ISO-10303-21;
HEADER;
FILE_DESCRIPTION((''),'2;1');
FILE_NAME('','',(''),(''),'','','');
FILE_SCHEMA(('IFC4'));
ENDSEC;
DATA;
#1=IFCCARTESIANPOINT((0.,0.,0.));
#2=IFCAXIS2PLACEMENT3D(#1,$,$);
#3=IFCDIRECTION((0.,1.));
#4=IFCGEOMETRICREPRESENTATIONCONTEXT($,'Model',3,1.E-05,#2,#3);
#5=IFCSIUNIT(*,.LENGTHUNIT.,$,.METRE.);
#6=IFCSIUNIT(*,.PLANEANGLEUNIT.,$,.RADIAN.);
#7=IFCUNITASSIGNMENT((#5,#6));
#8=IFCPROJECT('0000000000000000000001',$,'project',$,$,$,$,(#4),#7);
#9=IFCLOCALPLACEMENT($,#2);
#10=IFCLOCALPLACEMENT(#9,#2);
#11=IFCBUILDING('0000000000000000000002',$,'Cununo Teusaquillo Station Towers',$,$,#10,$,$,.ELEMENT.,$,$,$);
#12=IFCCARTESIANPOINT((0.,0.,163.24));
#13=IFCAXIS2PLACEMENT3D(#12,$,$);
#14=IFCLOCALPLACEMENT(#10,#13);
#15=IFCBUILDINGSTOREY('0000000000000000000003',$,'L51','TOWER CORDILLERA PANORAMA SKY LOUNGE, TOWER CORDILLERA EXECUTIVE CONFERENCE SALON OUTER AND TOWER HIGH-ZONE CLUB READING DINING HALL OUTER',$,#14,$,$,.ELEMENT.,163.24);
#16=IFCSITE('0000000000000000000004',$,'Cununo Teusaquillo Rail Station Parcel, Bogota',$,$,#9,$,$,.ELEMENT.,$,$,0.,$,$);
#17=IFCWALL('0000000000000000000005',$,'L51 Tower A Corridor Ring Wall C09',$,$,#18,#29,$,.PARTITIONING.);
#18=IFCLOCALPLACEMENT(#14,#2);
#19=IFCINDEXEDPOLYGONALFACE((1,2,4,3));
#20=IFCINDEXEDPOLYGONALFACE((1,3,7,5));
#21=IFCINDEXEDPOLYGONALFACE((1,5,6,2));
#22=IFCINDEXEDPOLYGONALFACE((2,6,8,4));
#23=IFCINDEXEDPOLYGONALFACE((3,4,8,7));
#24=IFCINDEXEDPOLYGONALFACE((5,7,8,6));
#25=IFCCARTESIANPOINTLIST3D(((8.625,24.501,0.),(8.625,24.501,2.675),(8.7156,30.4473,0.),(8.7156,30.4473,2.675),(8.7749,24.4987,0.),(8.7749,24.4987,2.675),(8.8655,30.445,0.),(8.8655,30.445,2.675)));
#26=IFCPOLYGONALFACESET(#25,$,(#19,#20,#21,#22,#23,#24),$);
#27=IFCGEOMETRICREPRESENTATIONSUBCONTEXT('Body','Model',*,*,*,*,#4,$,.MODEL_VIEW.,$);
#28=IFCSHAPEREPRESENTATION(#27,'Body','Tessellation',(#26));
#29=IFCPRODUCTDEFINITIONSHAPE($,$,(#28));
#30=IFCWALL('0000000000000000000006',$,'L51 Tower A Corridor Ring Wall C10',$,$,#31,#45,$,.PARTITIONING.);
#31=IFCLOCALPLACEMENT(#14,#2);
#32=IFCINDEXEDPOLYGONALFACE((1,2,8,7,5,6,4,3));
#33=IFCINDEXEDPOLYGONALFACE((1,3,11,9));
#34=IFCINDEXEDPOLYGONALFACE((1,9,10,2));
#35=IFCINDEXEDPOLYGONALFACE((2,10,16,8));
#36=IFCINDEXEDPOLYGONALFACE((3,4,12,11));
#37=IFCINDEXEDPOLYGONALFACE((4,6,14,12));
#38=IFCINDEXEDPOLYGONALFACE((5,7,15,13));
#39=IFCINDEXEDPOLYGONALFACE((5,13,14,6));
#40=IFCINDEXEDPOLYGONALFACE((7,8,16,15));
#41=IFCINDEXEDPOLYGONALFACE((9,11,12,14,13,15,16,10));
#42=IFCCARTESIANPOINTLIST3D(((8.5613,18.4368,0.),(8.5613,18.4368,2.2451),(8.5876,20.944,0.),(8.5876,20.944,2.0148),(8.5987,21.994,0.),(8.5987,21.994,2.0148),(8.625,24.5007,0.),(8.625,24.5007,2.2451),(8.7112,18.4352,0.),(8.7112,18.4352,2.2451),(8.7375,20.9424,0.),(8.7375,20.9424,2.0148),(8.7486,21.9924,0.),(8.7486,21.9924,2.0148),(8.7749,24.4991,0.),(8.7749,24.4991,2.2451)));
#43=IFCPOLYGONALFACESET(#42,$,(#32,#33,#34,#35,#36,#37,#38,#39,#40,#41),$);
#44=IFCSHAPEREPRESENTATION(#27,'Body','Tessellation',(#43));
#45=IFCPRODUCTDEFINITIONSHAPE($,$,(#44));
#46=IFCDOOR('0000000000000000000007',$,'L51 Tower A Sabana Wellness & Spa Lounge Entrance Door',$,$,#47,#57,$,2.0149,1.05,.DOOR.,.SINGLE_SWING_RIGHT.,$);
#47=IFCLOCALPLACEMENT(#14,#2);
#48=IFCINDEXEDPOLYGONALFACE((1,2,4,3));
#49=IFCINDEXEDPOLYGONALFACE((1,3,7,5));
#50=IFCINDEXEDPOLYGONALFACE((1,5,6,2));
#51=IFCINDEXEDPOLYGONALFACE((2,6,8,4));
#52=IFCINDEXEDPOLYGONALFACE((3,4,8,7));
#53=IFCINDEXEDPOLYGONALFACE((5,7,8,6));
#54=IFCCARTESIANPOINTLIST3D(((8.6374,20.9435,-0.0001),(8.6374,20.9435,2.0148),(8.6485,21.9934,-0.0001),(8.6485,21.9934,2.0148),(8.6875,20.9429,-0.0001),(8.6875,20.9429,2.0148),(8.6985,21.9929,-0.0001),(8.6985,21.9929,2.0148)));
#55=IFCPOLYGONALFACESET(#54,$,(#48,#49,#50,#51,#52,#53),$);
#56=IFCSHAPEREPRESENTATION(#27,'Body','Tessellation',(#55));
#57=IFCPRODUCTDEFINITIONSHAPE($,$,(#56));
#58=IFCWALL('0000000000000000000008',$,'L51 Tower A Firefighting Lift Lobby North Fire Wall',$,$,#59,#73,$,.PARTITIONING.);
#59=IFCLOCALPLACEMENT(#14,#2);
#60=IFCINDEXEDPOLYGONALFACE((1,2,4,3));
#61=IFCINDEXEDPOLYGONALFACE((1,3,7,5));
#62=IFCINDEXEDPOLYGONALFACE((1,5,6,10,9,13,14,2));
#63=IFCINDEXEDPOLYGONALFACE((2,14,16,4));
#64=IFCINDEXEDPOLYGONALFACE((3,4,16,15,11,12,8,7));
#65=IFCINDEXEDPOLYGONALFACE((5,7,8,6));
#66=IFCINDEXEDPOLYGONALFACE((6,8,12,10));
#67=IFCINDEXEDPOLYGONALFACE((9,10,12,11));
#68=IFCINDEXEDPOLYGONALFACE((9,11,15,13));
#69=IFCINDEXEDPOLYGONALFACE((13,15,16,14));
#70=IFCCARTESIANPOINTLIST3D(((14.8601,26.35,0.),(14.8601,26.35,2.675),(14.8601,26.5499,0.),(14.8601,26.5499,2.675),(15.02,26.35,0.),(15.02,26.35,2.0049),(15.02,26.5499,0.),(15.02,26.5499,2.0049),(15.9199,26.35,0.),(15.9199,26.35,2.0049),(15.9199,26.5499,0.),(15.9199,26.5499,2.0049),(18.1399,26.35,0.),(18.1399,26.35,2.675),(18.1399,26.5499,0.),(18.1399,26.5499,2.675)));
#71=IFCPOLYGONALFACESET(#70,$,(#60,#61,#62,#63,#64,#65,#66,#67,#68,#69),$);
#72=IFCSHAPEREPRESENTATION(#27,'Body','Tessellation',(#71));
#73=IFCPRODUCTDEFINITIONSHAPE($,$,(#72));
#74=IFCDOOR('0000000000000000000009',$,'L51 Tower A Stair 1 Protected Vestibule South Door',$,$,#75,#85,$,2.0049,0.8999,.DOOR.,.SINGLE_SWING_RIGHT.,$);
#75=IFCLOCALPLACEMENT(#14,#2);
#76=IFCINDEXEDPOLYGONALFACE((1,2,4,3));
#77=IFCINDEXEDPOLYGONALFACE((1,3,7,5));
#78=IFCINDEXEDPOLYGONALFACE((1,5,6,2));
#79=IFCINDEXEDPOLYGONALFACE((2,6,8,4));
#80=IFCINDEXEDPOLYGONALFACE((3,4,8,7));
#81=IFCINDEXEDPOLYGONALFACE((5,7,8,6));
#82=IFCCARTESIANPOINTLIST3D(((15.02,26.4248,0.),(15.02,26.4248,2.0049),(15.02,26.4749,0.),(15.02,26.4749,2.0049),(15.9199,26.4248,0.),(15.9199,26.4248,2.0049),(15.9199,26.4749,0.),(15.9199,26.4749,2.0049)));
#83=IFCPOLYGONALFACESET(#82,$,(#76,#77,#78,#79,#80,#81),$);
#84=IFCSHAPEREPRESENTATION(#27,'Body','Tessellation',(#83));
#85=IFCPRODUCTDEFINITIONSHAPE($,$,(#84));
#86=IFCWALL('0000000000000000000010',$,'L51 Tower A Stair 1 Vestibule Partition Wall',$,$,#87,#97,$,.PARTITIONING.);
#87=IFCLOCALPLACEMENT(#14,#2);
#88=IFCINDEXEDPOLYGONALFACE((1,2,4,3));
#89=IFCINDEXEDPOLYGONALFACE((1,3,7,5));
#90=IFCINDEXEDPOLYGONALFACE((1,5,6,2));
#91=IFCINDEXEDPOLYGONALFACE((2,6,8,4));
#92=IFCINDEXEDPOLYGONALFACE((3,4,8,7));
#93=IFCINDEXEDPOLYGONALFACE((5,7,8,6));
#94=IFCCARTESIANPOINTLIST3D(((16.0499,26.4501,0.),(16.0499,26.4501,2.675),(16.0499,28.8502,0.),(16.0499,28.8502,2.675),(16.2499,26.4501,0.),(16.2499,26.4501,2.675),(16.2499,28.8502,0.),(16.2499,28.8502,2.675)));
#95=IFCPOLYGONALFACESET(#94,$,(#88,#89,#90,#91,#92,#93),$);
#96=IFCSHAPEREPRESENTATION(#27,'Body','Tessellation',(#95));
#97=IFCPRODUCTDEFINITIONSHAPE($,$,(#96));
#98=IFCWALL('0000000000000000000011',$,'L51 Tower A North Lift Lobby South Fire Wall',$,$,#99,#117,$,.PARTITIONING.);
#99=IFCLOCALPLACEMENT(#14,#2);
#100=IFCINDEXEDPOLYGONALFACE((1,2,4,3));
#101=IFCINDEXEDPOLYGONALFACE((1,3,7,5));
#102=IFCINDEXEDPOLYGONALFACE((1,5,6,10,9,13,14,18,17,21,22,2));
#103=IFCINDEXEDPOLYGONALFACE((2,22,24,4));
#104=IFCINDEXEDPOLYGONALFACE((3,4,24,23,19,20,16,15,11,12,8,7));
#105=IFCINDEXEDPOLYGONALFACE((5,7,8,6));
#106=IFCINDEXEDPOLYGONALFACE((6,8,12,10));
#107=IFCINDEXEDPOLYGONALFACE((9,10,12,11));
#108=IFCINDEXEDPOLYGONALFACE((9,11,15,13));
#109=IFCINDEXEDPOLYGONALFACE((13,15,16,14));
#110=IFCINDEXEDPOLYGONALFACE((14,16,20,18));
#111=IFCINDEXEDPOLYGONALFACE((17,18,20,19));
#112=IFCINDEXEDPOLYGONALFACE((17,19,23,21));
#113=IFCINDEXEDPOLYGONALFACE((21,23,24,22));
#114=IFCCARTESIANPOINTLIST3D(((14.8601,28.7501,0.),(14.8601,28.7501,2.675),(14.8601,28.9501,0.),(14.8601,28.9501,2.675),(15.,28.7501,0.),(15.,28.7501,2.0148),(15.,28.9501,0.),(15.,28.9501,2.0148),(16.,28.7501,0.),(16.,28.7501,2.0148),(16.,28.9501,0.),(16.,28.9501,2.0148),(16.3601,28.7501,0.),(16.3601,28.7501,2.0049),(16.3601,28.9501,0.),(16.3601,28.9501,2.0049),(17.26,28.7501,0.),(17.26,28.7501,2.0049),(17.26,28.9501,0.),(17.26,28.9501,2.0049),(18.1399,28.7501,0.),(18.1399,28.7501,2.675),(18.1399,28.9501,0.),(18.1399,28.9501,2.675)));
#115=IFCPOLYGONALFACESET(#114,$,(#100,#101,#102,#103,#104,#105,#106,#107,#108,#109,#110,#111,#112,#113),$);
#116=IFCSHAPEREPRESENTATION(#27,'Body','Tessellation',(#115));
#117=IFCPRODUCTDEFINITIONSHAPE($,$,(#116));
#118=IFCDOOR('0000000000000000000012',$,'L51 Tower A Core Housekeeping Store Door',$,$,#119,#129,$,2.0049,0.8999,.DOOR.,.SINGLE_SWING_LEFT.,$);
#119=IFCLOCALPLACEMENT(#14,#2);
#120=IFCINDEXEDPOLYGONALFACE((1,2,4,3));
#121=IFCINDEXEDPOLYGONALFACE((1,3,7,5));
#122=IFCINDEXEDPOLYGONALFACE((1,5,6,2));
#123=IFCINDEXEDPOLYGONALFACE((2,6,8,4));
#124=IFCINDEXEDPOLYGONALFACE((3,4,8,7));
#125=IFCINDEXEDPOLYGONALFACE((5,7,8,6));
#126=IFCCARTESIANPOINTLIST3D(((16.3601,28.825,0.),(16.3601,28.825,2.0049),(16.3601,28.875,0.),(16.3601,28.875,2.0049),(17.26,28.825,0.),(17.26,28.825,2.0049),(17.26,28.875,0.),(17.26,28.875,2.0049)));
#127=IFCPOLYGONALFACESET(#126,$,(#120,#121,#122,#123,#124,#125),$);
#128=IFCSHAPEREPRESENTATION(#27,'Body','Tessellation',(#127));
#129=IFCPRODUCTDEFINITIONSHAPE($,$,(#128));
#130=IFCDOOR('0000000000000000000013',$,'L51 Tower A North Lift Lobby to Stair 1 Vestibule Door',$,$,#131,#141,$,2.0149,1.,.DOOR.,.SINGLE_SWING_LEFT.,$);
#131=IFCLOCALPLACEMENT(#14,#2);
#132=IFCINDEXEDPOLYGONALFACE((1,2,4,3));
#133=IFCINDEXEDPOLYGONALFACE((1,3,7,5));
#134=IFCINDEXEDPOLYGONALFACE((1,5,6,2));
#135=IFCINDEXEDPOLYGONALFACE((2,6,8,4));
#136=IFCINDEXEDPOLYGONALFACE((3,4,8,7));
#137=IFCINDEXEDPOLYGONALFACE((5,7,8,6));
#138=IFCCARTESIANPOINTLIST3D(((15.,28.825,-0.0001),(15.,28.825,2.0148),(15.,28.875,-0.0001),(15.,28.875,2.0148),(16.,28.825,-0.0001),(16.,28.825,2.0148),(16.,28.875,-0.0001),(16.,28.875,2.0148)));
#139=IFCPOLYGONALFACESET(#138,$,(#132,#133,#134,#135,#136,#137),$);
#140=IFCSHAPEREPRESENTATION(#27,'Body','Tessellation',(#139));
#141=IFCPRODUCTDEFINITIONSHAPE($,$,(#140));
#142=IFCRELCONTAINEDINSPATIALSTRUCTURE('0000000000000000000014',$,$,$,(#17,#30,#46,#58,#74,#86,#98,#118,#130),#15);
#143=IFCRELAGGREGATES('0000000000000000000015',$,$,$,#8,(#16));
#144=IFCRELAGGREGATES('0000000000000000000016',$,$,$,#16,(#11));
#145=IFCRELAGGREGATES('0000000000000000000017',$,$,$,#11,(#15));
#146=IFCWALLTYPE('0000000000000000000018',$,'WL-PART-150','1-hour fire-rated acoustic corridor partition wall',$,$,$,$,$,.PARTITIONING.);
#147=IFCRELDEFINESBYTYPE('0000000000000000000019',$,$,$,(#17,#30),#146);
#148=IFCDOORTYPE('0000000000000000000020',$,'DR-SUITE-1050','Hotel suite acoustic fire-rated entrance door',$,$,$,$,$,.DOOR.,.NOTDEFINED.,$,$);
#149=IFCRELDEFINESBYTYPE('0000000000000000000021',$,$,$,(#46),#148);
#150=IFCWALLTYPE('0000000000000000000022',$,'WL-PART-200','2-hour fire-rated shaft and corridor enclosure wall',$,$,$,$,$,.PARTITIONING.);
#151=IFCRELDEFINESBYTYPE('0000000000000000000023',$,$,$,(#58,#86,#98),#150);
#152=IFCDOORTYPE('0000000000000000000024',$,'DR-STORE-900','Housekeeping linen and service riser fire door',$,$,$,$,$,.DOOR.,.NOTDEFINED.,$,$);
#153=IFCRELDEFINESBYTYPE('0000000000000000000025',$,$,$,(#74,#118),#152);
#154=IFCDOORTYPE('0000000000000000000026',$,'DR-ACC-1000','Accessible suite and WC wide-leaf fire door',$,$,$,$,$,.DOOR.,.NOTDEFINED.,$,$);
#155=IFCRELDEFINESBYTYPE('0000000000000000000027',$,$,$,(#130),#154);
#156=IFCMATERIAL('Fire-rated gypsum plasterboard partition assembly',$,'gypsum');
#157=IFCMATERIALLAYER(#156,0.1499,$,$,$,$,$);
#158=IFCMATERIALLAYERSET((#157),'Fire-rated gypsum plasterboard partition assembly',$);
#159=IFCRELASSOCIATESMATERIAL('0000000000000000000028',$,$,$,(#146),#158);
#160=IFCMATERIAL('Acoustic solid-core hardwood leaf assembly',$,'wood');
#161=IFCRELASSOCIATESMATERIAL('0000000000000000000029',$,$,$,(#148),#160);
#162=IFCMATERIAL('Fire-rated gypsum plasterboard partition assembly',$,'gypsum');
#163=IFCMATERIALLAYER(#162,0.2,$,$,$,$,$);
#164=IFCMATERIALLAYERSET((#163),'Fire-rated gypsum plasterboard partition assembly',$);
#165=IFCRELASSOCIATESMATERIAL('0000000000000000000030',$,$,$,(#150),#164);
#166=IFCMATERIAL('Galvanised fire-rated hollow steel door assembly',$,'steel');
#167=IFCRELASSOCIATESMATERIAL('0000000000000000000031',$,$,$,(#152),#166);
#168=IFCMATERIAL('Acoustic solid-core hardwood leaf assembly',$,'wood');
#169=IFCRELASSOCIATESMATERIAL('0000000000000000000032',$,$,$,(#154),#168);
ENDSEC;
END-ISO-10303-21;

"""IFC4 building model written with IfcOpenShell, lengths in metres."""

from ifc_helpers import new_model, si_unit, direction, frame, frame_2d, origin, place, context, subcontext, project, spatial, rectangle, extrude, source, transform, mapped, material, layer, layer_set, type_object, element, fill, save


model = new_model("IFC4")

# Units and contexts
model_context = context("Model", 3, precision=1e-05, world=origin(), true_north=direction((0.0, 1.0)))
body_context = subcontext(model_context, "Body", "Model", "MODEL_VIEW")
ifc_project = project(units=[si_unit("LENGTHUNIT", "METRE"), si_unit("PLANEANGLEUNIT", "RADIAN")], contexts=[model_context])

# Site, building, storey
site_placement = place(None, origin())
site = spatial("IfcSite", under=ifc_project, at=site_placement, Name="Cununo Teusaquillo Rail Station Parcel, Bogota", CompositionType="ELEMENT", RefElevation=0.0)
building_placement = place(site_placement, origin())
building = spatial("IfcBuilding", under=site, at=building_placement, Name="Cununo Teusaquillo Station Towers", CompositionType="ELEMENT")
storey_placement = place(building_placement, frame((0.0, 0.0, 163.24)))
storey = spatial("IfcBuildingStorey", under=building, at=storey_placement, Name="L51", Description="TOWER CORDILLERA PANORAMA SKY LOUNGE, TOWER CORDILLERA EXECUTIVE CONFERENCE SALON OUTER AND TOWER HIGH-ZONE CLUB READING DINING HALL OUTER", CompositionType="ELEMENT", Elevation=163.24)

# Shared definitions
shared_shape_1 = source(origin(), body_context, "Body", "SweptSolid", [
    extrude(rectangle(XDim=0.8999, YDim=2.0049, at=frame_2d((0.45, 1.0024))), frame((0.0, 0.0249, 0.0), z_axis=(0.0, -1.0, 0.0), x_axis=(1.0, 0.0, 0.0)), (0.0, 0.0, 1.0), 0.05),
])

# Wall
ifc_material_1 = material(Name="Fire-rated gypsum plasterboard partition assembly", Category="gypsum")
ifc_layer_1 = layer(ifc_material_1, 0.1499)
ifc_layer_set_1 = layer_set([ifc_layer_1], Name="Fire-rated gypsum plasterboard partition assembly")
wall_type_1 = type_object("IfcWallType", Name="WL-PART-150", Description="1-hour fire-rated acoustic corridor partition wall", PredefinedType="PARTITIONING", material=ifc_layer_set_1)
wall_1_placement = place(storey_placement, frame((8.7905, 30.4463, 0.0), z_axis=(0.0, 0.0, 1.0), x_axis=(-0.015231, -0.999884, 0.0)))
element("IfcWall", 1, at=wall_1_placement, inside=storey, type_object=wall_type_1, Name="L51 Tower A Corridor Ring Wall C09", PredefinedType="PARTITIONING", context=body_context, shape_type="SweptSolid", body=[
    extrude(rectangle(XDim=5.947, YDim=0.1499, at=frame_2d((2.9736, 0.0))), origin(), (0.0, 0.0, 1.0), 2.675),
])

# Walls, openings, doors
wall_2_placement = place(storey_placement, frame((8.7, 24.5, 0.0), z_axis=(0.0, 0.0, 1.0), x_axis=(-0.010508, -0.999945, 0.0)))
wall_2 = element("IfcWall", 2, at=wall_2_placement, inside=storey, type_object=wall_type_1, Name="L51 Tower A Corridor Ring Wall C10", PredefinedType="PARTITIONING", context=body_context, shape_type="SweptSolid", body=[
    extrude(rectangle(XDim=6.0642, YDim=0.1499, at=frame_2d((3.0322, 0.0))), origin(), (0.0, 0.0, 1.0), 2.2451),
])
shared_shape_2 = source(origin(), body_context, "Body", "SweptSolid", [
    extrude(rectangle(XDim=1.05, YDim=2.0149, at=frame_2d((0.5249, 1.0073))), frame((0.0, 0.085, 0.0), z_axis=(0.0, -1.0, 0.0), x_axis=(1.0, 0.0, 0.0)), (0.0, 0.0, 1.0), 0.1699),
])
opening_1_placement = place(wall_2_placement, frame((2.5071, 0.0, 0.0)))
opening_1 = element("IfcOpeningElement", 3, at=opening_1_placement, cuts=wall_2, PredefinedType="OPENING", context=body_context, shape_type="MappedRepresentation", body=[
    mapped(shared_shape_2, transform((0.0, 0.0, 0.0), x_axis=(1.0, 0.0, 0.0), y_axis=(0.0, 1.0, 0.0), z_axis=(0.0, 0.0, 1.0), scale=1.0)),
])
ifc_material_2 = material(Name="Acoustic solid-core hardwood leaf assembly", Category="wood")
door_type_1 = type_object("IfcDoorType", Name="DR-SUITE-1050", Description="Hotel suite acoustic fire-rated entrance door", OperationType="NOTDEFINED", PredefinedType="DOOR", material=ifc_material_2)
shared_shape_3 = source(origin(), body_context, "Body", "SweptSolid", [
    extrude(rectangle(XDim=1.05, YDim=2.0149, at=frame_2d((0.5249, 1.0073))), frame((0.0, 0.0249, 0.0), z_axis=(0.0, -1.0, 0.0), x_axis=(1.0, 0.0, 0.0)), (0.0, 0.0, 1.0), 0.05),
])
door_1_placement = place(opening_1_placement, origin())
door_1 = element("IfcDoor", 4, at=door_1_placement, inside=storey, type_object=door_type_1, Name="L51 Tower A Sabana Wellness & Spa Lounge Entrance Door", OperationType="SINGLE_SWING_RIGHT", OverallHeight=2.0149, OverallWidth=1.05, PredefinedType="DOOR", context=body_context, shape_type="MappedRepresentation", body=[
    mapped(shared_shape_3, transform((0.0, 0.0, 0.0), x_axis=(1.0, 0.0, 0.0), y_axis=(0.0, 1.0, 0.0), z_axis=(0.0, 0.0, 1.0), scale=1.0)),
])
fill(opening_1, door_1)
ifc_material_3 = material(Name="Fire-rated gypsum plasterboard partition assembly", Category="gypsum")
ifc_layer_2 = layer(ifc_material_3, 0.2)
ifc_layer_set_2 = layer_set([ifc_layer_2], Name="Fire-rated gypsum plasterboard partition assembly")
wall_type_2 = type_object("IfcWallType", Name="WL-PART-200", Description="2-hour fire-rated shaft and corridor enclosure wall", PredefinedType="PARTITIONING", material=ifc_layer_set_2)
wall_3_placement = place(storey_placement, frame((14.8601, 26.45, 0.0), z_axis=(0.0, 0.0, 1.0), x_axis=(1.0, 0.0, 0.0)))
wall_3 = element("IfcWall", 5, at=wall_3_placement, inside=storey, type_object=wall_type_2, Name="L51 Tower A Firefighting Lift Lobby North Fire Wall", PredefinedType="PARTITIONING", context=body_context, shape_type="SweptSolid", body=[
    extrude(rectangle(XDim=3.2798, YDim=0.2, at=frame_2d((1.6399, 0.0))), origin(), (0.0, 0.0, 1.0), 2.675),
])
shared_shape_4 = source(origin(), body_context, "Body", "SweptSolid", [
    extrude(rectangle(XDim=0.8999, YDim=2.0049, at=frame_2d((0.45, 1.0024))), frame((0.0, 0.1099, 0.0), z_axis=(0.0, -1.0, 0.0), x_axis=(1.0, 0.0, 0.0)), (0.0, 0.0, 1.0), 0.22),
])
opening_2_placement = place(wall_3_placement, frame((0.1599, 0.0, 0.0)))
opening_2 = element("IfcOpeningElement", 6, at=opening_2_placement, cuts=wall_3, PredefinedType="OPENING", context=body_context, shape_type="MappedRepresentation", body=[
    mapped(shared_shape_4, transform((0.0, 0.0, 0.0), x_axis=(1.0, 0.0, 0.0), y_axis=(0.0, 1.0, 0.0), z_axis=(0.0, 0.0, 1.0), scale=1.0)),
])
ifc_material_4 = material(Name="Galvanised fire-rated hollow steel door assembly", Category="steel")
door_type_2 = type_object("IfcDoorType", Name="DR-STORE-900", Description="Housekeeping linen and service riser fire door", OperationType="NOTDEFINED", PredefinedType="DOOR", material=ifc_material_4)
door_2_placement = place(opening_2_placement, origin())
door_2 = element("IfcDoor", 7, at=door_2_placement, inside=storey, type_object=door_type_2, Name="L51 Tower A Stair 1 Protected Vestibule South Door", OperationType="SINGLE_SWING_RIGHT", OverallHeight=2.0049, OverallWidth=0.8999, PredefinedType="DOOR", context=body_context, shape_type="MappedRepresentation", body=[
    mapped(shared_shape_1, transform((0.0, 0.0, 0.0), x_axis=(1.0, 0.0, 0.0), y_axis=(0.0, 1.0, 0.0), z_axis=(0.0, 0.0, 1.0), scale=1.0)),
])
fill(opening_2, door_2)

# Wall
wall_4_placement = place(storey_placement, frame((16.1499, 26.45, 0.0), z_axis=(0.0, 0.0, 1.0), x_axis=(0.0, 1.0, 0.0)))
element("IfcWall", 8, at=wall_4_placement, inside=storey, type_object=wall_type_2, Name="L51 Tower A Stair 1 Vestibule Partition Wall", PredefinedType="PARTITIONING", context=body_context, shape_type="SweptSolid", body=[
    extrude(rectangle(XDim=2.4001, YDim=0.2, at=frame_2d((1.2002, 0.0))), origin(), (0.0, 0.0, 1.0), 2.675),
])

# Wall, openings, doors
wall_5_placement = place(storey_placement, frame((14.8601, 28.8501, 0.0), z_axis=(0.0, 0.0, 1.0), x_axis=(1.0, 0.0, 0.0)))
wall_5 = element("IfcWall", 9, at=wall_5_placement, inside=storey, type_object=wall_type_2, Name="L51 Tower A North Lift Lobby South Fire Wall", PredefinedType="PARTITIONING", context=body_context, shape_type="SweptSolid", body=[
    extrude(rectangle(XDim=3.2798, YDim=0.2, at=frame_2d((1.6399, 0.0))), origin(), (0.0, 0.0, 1.0), 2.675),
])
shared_shape_5 = source(origin(), body_context, "Body", "SweptSolid", [
    extrude(rectangle(XDim=1.0, YDim=2.0149, at=frame_2d((0.5, 1.0073))), frame((0.0, 0.1099, 0.0), z_axis=(0.0, -1.0, 0.0), x_axis=(1.0, 0.0, 0.0)), (0.0, 0.0, 1.0), 0.22),
])
opening_3_placement = place(wall_5_placement, frame((0.1399, 0.0, 0.0)))
opening_3 = element("IfcOpeningElement", 10, at=opening_3_placement, cuts=wall_5, PredefinedType="OPENING", context=body_context, shape_type="MappedRepresentation", body=[
    mapped(shared_shape_5, transform((0.0, 0.0, 0.0), x_axis=(1.0, 0.0, 0.0), y_axis=(0.0, 1.0, 0.0), z_axis=(0.0, 0.0, 1.0), scale=1.0)),
])
opening_4_placement = place(wall_5_placement, frame((1.5, 0.0, 0.0)))
opening_4 = element("IfcOpeningElement", 11, at=opening_4_placement, cuts=wall_5, PredefinedType="OPENING", context=body_context, shape_type="MappedRepresentation", body=[
    mapped(shared_shape_4, transform((0.0, 0.0, 0.0), x_axis=(1.0, 0.0, 0.0), y_axis=(0.0, 1.0, 0.0), z_axis=(0.0, 0.0, 1.0), scale=1.0)),
])
door_3_placement = place(opening_4_placement, origin())
door_3 = element("IfcDoor", 12, at=door_3_placement, inside=storey, type_object=door_type_2, Name="L51 Tower A Core Housekeeping Store Door", OperationType="SINGLE_SWING_LEFT", OverallHeight=2.0049, OverallWidth=0.8999, PredefinedType="DOOR", context=body_context, shape_type="MappedRepresentation", body=[
    mapped(shared_shape_1, transform((0.0, 0.0, 0.0), x_axis=(1.0, 0.0, 0.0), y_axis=(0.0, 1.0, 0.0), z_axis=(0.0, 0.0, 1.0), scale=1.0)),
])
fill(opening_4, door_3)
ifc_material_5 = material(Name="Acoustic solid-core hardwood leaf assembly", Category="wood")
door_type_3 = type_object("IfcDoorType", Name="DR-ACC-1000", Description="Accessible suite and WC wide-leaf fire door", OperationType="NOTDEFINED", PredefinedType="DOOR", material=ifc_material_5)
shared_shape_6 = source(origin(), body_context, "Body", "SweptSolid", [
    extrude(rectangle(XDim=1.0, YDim=2.0149, at=frame_2d((0.5, 1.0073))), frame((0.0, 0.0249, 0.0), z_axis=(0.0, -1.0, 0.0), x_axis=(1.0, 0.0, 0.0)), (0.0, 0.0, 1.0), 0.05),
])
door_4_placement = place(opening_3_placement, origin())
door_4 = element("IfcDoor", 13, at=door_4_placement, inside=storey, type_object=door_type_3, Name="L51 Tower A North Lift Lobby to Stair 1 Vestibule Door", OperationType="SINGLE_SWING_LEFT", OverallHeight=2.0149, OverallWidth=1.0, PredefinedType="DOOR", context=body_context, shape_type="MappedRepresentation", body=[
    mapped(shared_shape_6, transform((0.0, 0.0, 0.0), x_axis=(1.0, 0.0, 0.0), y_axis=(0.0, 1.0, 0.0), z_axis=(0.0, 0.0, 1.0), scale=1.0)),
])
fill(opening_3, door_4)

save(model, "model.ifc")
